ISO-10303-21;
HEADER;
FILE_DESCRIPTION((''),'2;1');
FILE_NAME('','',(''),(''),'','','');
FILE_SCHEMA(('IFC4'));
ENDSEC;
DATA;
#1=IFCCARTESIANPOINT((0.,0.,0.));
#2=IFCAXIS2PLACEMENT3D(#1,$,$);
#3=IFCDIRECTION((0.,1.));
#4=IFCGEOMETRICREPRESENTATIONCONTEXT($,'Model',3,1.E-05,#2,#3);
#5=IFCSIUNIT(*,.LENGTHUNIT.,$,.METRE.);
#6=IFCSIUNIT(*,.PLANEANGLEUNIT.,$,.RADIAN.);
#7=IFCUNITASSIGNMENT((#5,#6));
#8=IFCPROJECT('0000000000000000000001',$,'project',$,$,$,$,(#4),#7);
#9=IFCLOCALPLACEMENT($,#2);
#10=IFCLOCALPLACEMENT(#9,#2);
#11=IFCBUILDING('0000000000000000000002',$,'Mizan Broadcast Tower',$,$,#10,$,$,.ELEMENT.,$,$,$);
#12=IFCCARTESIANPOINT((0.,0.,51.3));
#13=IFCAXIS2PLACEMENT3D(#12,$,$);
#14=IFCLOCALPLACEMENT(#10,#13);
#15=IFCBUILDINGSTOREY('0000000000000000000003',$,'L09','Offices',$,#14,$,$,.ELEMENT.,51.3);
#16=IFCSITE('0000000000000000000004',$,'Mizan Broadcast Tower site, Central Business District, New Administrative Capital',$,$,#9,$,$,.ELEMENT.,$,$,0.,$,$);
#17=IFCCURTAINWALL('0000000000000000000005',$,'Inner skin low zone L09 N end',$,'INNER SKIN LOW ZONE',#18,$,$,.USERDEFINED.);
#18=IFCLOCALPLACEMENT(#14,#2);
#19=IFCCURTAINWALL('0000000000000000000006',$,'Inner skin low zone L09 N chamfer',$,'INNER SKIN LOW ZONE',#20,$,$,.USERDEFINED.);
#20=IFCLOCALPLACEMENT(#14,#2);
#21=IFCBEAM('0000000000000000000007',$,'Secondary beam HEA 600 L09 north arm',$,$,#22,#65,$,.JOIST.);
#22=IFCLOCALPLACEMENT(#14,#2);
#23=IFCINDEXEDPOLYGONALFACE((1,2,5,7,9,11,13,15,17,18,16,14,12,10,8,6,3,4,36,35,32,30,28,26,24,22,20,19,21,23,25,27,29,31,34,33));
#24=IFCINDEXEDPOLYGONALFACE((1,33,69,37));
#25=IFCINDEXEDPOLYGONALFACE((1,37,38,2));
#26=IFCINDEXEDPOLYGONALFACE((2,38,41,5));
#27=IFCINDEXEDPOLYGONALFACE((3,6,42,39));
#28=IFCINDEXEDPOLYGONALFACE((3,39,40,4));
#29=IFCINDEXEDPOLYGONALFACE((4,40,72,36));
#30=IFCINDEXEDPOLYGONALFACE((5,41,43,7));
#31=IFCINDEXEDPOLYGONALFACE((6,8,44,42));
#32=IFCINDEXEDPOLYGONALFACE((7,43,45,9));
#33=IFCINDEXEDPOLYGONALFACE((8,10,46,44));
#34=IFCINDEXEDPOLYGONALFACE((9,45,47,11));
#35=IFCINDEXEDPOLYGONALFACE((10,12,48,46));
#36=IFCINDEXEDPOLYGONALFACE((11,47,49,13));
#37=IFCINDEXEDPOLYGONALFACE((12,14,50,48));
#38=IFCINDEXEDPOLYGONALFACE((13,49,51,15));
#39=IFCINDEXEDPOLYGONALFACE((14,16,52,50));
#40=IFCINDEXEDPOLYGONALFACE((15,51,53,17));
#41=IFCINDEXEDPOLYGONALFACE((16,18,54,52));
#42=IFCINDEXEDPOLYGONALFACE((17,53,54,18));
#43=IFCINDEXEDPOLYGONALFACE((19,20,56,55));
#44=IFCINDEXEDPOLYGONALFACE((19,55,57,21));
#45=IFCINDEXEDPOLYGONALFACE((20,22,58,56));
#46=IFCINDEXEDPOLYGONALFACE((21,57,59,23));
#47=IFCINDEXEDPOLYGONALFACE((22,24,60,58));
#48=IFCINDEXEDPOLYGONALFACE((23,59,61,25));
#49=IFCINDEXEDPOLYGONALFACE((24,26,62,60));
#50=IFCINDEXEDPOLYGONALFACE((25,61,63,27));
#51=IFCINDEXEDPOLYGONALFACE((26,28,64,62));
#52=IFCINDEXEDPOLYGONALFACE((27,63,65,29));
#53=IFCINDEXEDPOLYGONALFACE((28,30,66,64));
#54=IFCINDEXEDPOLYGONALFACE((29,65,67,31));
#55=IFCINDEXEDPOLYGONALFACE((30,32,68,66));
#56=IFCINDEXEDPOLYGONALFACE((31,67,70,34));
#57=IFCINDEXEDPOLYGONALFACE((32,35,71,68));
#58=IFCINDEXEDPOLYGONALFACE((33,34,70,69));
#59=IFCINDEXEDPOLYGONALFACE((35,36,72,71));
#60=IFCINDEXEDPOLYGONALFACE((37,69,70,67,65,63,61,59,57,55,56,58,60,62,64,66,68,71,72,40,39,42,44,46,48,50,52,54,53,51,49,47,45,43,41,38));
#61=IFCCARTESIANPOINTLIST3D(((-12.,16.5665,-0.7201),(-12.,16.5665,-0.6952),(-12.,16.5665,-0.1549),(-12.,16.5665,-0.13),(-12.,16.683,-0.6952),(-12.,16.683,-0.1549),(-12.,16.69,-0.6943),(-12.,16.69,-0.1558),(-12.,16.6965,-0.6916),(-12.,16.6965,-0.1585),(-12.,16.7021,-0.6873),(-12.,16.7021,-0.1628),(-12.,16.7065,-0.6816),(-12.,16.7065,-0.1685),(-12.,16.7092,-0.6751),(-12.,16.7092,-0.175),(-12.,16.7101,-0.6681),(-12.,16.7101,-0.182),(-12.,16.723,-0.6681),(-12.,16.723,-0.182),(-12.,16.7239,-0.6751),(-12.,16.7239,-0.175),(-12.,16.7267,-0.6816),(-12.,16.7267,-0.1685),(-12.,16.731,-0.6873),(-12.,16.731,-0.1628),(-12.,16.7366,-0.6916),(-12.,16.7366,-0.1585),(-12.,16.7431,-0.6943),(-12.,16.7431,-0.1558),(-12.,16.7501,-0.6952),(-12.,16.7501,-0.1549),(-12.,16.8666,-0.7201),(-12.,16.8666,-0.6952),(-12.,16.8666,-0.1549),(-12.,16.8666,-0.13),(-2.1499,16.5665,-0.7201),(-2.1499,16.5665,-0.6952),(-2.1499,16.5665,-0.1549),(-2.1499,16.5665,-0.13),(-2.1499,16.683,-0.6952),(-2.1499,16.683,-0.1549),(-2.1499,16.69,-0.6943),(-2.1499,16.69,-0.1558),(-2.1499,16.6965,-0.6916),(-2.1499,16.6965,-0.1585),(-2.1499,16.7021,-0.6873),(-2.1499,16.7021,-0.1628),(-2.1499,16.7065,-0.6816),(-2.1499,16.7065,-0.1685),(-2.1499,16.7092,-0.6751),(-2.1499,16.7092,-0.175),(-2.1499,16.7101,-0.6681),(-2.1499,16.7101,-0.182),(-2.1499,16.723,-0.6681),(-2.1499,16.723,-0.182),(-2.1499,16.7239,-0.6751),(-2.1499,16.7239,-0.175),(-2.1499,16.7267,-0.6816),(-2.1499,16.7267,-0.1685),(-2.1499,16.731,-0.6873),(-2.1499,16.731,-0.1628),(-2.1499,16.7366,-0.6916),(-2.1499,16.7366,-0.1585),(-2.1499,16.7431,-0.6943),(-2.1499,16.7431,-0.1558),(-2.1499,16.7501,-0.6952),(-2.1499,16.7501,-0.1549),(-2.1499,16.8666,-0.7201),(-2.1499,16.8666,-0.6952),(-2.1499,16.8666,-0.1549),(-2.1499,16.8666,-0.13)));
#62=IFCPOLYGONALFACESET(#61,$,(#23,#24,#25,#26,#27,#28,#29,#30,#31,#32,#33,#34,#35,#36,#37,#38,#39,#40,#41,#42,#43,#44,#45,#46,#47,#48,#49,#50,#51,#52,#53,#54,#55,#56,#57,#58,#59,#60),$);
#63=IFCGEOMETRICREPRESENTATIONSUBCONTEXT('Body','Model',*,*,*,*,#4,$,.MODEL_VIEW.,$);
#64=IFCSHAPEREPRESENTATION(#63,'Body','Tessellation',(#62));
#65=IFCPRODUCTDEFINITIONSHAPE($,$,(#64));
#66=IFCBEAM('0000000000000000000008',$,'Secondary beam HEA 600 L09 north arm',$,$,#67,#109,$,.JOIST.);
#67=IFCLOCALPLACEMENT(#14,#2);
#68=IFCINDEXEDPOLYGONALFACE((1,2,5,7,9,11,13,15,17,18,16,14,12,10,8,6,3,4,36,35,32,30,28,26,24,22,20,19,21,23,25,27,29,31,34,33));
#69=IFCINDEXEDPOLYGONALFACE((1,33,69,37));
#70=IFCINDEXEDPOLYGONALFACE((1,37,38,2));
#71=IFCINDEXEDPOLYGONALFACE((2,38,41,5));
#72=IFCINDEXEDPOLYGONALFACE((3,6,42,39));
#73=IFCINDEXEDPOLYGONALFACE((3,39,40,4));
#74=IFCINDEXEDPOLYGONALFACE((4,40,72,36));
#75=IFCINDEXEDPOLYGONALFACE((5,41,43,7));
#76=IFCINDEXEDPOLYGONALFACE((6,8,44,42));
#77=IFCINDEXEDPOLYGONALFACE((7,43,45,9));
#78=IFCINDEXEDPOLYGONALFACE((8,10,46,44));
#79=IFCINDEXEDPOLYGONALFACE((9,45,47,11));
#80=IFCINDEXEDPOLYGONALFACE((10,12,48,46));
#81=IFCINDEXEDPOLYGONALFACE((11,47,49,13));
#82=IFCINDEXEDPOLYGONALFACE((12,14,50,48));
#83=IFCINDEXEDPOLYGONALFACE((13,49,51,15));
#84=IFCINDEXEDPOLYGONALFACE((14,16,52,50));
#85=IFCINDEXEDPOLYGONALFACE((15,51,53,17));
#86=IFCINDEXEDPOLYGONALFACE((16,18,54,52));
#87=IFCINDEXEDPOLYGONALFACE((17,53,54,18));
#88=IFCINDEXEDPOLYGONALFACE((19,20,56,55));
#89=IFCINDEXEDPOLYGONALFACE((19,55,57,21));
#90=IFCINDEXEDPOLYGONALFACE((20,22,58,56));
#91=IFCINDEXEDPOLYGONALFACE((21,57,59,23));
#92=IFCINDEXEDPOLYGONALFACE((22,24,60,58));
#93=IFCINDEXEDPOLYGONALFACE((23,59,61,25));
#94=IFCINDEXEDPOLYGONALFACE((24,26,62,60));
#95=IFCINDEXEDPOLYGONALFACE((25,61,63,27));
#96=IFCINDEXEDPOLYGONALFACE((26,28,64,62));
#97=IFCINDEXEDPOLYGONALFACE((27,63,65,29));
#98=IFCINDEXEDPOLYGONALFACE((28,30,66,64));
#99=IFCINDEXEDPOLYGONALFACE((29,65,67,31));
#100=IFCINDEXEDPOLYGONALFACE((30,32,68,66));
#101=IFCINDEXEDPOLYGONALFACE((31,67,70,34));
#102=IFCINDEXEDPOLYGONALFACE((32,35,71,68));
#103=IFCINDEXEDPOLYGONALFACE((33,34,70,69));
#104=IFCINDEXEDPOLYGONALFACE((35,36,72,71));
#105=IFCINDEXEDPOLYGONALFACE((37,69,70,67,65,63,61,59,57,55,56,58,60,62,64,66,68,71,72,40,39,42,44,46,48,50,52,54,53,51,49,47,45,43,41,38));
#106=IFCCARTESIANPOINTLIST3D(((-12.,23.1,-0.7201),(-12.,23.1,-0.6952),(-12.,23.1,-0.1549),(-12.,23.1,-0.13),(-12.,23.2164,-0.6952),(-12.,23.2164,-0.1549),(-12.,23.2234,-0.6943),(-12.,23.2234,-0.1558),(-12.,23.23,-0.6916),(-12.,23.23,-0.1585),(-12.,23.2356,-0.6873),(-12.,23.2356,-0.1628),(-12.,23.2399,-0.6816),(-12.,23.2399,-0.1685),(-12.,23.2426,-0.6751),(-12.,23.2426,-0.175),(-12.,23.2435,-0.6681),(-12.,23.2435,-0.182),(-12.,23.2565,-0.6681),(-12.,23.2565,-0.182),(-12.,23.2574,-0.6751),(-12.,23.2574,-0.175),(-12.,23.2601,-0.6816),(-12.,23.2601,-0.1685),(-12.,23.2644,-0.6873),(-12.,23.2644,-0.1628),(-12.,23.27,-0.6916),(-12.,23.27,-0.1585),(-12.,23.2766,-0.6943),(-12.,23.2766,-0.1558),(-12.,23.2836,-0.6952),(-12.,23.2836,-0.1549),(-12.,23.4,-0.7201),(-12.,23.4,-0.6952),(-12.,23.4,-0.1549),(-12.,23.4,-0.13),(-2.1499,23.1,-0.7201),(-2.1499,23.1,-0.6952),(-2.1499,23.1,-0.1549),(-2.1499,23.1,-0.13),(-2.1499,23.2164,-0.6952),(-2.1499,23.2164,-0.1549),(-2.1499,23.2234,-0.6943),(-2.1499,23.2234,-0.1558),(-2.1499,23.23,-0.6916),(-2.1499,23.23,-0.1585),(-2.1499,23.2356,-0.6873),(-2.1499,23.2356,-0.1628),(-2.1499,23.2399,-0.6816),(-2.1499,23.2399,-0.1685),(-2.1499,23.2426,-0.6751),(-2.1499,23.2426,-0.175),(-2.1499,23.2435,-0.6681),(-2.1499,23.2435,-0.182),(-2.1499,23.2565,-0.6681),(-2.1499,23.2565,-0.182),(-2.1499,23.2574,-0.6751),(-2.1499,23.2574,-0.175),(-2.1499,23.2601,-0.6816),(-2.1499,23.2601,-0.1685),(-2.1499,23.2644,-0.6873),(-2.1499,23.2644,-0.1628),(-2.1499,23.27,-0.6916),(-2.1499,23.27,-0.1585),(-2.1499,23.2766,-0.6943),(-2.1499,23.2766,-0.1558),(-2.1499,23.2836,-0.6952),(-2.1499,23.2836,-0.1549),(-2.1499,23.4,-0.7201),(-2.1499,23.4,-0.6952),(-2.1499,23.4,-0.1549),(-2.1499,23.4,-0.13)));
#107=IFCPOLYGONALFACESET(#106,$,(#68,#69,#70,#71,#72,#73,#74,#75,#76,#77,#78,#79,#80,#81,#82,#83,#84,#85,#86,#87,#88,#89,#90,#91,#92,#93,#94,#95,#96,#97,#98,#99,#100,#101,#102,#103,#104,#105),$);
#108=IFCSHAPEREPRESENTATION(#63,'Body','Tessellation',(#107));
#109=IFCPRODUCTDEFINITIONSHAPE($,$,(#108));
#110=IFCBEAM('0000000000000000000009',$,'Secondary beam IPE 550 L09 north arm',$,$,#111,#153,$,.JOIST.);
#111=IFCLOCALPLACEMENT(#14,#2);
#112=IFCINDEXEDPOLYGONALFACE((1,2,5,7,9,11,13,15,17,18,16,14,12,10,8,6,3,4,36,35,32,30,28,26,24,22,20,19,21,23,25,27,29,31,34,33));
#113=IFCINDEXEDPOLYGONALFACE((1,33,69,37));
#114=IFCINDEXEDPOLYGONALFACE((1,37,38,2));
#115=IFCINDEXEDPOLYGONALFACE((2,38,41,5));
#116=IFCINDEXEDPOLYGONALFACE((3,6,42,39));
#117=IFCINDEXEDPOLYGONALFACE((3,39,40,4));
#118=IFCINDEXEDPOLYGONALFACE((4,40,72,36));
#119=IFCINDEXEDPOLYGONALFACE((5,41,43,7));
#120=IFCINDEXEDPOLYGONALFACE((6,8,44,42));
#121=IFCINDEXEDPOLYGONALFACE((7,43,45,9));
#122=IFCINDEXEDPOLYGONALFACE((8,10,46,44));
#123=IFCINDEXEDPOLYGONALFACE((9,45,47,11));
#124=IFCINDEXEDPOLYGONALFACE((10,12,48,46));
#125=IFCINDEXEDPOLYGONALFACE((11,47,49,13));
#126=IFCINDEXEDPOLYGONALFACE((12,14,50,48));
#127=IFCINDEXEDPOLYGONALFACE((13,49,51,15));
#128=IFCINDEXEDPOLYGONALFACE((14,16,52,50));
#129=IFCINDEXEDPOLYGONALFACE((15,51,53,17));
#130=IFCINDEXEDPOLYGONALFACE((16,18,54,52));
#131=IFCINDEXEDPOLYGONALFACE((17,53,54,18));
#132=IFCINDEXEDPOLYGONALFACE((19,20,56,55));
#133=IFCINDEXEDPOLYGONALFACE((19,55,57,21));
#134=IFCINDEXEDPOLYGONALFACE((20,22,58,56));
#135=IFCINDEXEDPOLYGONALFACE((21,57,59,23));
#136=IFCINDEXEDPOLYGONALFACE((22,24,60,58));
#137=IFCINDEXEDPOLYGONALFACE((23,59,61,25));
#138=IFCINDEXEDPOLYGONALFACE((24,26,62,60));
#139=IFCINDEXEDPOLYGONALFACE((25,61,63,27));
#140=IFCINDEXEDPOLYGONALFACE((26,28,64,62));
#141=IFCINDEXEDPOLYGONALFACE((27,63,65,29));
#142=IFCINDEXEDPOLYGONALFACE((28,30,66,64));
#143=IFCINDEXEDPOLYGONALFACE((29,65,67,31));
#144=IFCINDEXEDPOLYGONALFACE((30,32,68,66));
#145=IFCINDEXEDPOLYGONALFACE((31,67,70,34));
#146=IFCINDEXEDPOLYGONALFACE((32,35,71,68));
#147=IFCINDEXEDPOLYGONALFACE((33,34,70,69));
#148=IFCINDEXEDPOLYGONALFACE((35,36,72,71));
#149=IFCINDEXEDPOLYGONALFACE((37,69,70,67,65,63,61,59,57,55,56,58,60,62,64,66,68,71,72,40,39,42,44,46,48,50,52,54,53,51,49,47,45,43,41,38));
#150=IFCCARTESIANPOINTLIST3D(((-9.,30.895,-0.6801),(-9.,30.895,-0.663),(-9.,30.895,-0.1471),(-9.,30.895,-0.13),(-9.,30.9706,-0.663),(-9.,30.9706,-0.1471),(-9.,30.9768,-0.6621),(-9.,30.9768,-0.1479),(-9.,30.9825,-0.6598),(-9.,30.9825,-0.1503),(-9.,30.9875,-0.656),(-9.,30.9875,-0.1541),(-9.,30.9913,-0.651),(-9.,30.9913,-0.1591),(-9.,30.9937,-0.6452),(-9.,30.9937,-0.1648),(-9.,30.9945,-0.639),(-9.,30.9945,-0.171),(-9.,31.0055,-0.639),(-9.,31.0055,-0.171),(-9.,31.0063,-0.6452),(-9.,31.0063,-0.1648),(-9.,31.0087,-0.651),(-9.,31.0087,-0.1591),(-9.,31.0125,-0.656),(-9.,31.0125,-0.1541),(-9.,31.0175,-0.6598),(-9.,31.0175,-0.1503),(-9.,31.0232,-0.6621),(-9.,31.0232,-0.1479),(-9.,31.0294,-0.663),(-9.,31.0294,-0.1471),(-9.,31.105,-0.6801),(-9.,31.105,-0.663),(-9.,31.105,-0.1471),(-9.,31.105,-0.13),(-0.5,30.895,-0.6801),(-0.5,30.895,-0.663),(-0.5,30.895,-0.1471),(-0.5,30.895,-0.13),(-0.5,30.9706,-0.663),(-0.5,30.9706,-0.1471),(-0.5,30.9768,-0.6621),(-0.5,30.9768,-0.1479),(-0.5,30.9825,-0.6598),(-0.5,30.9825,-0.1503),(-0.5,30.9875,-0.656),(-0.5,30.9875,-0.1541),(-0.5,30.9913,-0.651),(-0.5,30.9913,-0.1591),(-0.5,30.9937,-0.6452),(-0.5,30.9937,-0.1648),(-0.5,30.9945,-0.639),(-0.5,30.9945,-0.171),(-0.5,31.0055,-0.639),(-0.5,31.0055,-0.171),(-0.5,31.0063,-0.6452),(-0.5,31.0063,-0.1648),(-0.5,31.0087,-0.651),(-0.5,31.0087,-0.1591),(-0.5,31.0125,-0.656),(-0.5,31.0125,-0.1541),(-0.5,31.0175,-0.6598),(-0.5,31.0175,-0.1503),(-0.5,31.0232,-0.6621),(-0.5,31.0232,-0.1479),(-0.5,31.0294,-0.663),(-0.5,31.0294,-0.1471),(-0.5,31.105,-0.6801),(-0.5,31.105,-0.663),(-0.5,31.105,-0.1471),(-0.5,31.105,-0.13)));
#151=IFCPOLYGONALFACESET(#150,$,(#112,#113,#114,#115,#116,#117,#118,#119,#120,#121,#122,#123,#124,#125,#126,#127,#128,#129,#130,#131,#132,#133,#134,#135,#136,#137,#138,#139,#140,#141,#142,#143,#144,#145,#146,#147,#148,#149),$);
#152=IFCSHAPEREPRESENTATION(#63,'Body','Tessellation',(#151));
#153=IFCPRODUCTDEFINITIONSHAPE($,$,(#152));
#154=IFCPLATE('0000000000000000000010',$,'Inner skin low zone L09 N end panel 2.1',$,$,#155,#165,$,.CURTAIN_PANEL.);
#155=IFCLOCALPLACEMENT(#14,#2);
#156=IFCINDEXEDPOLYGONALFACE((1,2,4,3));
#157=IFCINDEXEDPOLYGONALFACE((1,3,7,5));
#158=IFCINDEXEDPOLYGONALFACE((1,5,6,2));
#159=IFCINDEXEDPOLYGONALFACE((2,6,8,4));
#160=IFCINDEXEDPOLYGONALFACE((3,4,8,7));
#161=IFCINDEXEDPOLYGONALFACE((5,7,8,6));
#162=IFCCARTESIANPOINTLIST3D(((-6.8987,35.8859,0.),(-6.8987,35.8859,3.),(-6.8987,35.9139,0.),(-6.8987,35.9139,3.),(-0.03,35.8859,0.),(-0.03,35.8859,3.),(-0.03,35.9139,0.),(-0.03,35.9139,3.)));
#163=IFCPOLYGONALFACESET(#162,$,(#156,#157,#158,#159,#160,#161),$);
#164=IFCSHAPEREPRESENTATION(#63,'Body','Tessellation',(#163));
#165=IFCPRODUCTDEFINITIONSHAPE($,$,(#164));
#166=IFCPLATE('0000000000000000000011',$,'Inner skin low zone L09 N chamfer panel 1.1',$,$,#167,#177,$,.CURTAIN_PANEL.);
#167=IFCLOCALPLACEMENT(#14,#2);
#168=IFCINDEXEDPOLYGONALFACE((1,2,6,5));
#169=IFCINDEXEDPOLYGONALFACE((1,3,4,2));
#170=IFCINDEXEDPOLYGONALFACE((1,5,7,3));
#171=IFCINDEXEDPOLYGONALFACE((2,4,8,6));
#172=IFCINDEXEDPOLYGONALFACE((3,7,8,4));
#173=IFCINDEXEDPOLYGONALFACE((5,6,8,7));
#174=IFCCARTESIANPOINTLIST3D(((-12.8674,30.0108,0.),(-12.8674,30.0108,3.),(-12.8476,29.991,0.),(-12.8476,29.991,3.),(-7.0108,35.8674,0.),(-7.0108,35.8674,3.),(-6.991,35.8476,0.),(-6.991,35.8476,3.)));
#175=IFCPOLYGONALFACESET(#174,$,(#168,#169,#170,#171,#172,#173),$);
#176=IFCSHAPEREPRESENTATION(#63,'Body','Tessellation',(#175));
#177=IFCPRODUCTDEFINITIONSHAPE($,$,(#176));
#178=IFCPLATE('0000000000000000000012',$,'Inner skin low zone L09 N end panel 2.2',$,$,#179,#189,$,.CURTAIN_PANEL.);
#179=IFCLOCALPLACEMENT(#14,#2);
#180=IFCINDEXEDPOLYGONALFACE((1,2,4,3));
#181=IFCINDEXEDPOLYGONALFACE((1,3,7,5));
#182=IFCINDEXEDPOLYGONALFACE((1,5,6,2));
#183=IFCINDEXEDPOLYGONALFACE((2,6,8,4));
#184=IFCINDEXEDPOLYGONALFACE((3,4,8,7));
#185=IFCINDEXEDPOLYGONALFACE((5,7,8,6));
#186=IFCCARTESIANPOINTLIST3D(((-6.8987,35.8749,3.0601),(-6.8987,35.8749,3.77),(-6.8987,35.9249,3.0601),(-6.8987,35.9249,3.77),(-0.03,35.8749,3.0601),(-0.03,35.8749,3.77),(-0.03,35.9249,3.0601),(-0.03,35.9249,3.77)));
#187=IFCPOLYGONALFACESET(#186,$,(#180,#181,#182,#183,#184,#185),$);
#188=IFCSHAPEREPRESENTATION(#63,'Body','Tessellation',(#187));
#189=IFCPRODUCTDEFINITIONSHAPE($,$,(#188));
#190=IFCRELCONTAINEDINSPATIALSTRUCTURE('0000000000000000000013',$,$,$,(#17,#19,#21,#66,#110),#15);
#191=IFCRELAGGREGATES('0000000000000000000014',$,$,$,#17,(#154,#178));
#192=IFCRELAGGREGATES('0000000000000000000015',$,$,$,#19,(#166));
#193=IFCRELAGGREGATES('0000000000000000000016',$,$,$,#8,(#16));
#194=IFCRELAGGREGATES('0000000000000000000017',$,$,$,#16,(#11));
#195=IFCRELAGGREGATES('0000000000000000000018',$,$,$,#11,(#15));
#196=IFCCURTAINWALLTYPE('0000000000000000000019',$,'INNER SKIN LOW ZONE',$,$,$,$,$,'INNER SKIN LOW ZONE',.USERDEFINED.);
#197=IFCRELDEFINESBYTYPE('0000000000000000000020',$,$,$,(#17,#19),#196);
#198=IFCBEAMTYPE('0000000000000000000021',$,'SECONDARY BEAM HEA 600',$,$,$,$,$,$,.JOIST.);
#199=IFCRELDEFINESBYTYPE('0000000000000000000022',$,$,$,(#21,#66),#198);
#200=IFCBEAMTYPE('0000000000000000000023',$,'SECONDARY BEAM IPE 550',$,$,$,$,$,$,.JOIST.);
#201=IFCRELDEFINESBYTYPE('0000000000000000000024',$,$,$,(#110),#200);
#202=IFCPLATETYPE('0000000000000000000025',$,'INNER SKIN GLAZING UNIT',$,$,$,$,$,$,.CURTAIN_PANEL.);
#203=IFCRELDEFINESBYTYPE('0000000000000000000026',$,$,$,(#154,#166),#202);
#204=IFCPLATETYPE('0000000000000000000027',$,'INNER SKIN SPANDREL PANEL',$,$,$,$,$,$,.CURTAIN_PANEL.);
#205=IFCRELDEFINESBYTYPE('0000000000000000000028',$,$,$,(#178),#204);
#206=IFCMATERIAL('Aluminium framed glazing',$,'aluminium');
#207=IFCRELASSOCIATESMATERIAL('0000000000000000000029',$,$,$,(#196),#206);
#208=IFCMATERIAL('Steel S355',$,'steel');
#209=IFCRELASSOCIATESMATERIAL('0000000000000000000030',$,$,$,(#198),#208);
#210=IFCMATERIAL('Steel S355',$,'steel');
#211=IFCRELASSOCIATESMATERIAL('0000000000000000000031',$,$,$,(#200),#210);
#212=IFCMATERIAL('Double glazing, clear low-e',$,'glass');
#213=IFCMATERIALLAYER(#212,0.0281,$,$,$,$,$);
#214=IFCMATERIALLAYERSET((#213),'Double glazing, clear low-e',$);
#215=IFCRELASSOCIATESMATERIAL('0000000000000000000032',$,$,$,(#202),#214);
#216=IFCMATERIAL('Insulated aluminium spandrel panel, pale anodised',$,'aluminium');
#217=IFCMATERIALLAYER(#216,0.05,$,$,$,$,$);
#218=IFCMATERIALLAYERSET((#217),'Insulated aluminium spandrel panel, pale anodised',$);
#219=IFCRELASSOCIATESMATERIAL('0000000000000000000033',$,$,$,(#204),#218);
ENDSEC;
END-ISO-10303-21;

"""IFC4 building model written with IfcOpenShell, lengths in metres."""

from ifc_helpers import new_model, si_unit, direction, frame, origin, origin_2d, place, context, subcontext, project, spatial, rectangle, i_section, extrude, material, layer, layer_set, material_profile, profile_set, type_object, element, aggregate, save


model = new_model("IFC4")

# Units and contexts
model_context = context("Model", 3, precision=1e-05, world=origin(), true_north=direction((0.0, 1.0)))
body_context = subcontext(model_context, "Body", "Model", "MODEL_VIEW")
ifc_project = project(units=[si_unit("LENGTHUNIT", "METRE"), si_unit("PLANEANGLEUNIT", "RADIAN")], contexts=[model_context])

# Site, building, storey
site_placement = place(None, origin())
site = spatial("IfcSite", under=ifc_project, at=site_placement, Name="Mizan Broadcast Tower site, Central Business District, New Administrative Capital", CompositionType="ELEMENT", RefElevation=0.0)
building_placement = place(site_placement, origin())
building = spatial("IfcBuilding", under=site, at=building_placement, Name="Mizan Broadcast Tower", CompositionType="ELEMENT")
storey_placement = place(building_placement, frame((0.0, 0.0, 51.3)))
storey = spatial("IfcBuildingStorey", under=building, at=storey_placement, Name="L09", Description="Offices", CompositionType="ELEMENT", Elevation=51.3)

# Curtain wall
ifc_material_1 = material(Name="Aluminium framed glazing", Category="aluminium")
curtain_wall_type_1 = type_object("IfcCurtainWallType", Name="INNER SKIN LOW ZONE", ElementType="INNER SKIN LOW ZONE", PredefinedType="USERDEFINED", material=ifc_material_1)
curtain_wall_1_placement = place(storey_placement, origin())
curtain_wall_1 = element("IfcCurtainWall", 1, at=curtain_wall_1_placement, inside=storey, type_object=curtain_wall_type_1, Name="Inner skin low zone L09 N end", ObjectType="INNER SKIN LOW ZONE", PredefinedType="USERDEFINED")

# Curtain wall
curtain_wall_2_placement = place(storey_placement, origin())
curtain_wall_2 = element("IfcCurtainWall", 2, at=curtain_wall_2_placement, inside=storey, type_object=curtain_wall_type_1, Name="Inner skin low zone L09 N chamfer", ObjectType="INNER SKIN LOW ZONE", PredefinedType="USERDEFINED")

# Beams
ifc_material_2 = material(Name="Steel S355", Category="steel")
ifc_material_profile_1 = material_profile(ifc_material_2, i_section(OverallWidth=0.3, OverallDepth=0.5901, WebThickness=0.0129, FlangeThickness=0.0249, FilletRadius=0.0271, at=origin_2d()), Name="HEA 600")
ifc_profile_set_1 = profile_set([ifc_material_profile_1], Name="Steel S355")
beam_type_1 = type_object("IfcBeamType", Name="SECONDARY BEAM HEA 600", PredefinedType="JOIST", material=ifc_profile_set_1)
for number, where, z_axis, x_axis, name in (
    (3, (-12.0, 16.7166, -0.425), (1.0, 0.0, 0.0), (0.0, 1.0, 0.0), "Secondary beam HEA 600 L09 north arm"),
    (4, (-12.0, 23.25, -0.425), (1.0, 0.0, 0.0), (0.0, 1.0, 0.0), "Secondary beam HEA 600 L09 north arm"),
):
    element("IfcBeam", number, at=place(storey_placement, frame(where, z_axis=z_axis, x_axis=x_axis)), inside=storey, type_object=beam_type_1, Name=name, PredefinedType="JOIST", context=body_context, shape_type="SweptSolid", body=[
        extrude(i_section(OverallWidth=0.3, OverallDepth=0.5901, WebThickness=0.0129, FlangeThickness=0.0249, FilletRadius=0.0271, at=origin_2d()), origin(), (0.0, 0.0, 1.0), 9.8501),
    ])
ifc_material_3 = material(Name="Steel S355", Category="steel")
ifc_material_profile_2 = material_profile(ifc_material_3, i_section(OverallWidth=0.21, OverallDepth=0.55, WebThickness=0.011, FlangeThickness=0.0171, FilletRadius=0.0239, at=origin_2d()), Name="IPE 550")
ifc_profile_set_2 = profile_set([ifc_material_profile_2], Name="Steel S355")
beam_type_2 = type_object("IfcBeamType", Name="SECONDARY BEAM IPE 550", PredefinedType="JOIST", material=ifc_profile_set_2)
beam_1_placement = place(storey_placement, frame((-9.0, 31.0, -0.405), z_axis=(1.0, 0.0, 0.0), x_axis=(0.0, 1.0, 0.0)))
element("IfcBeam", 5, at=beam_1_placement, inside=storey, type_object=beam_type_2, Name="Secondary beam IPE 550 L09 north arm", PredefinedType="JOIST", context=body_context, shape_type="SweptSolid", body=[
    extrude(i_section(OverallWidth=0.21, OverallDepth=0.55, WebThickness=0.011, FlangeThickness=0.0171, FilletRadius=0.0239, at=origin_2d()), origin(), (0.0, 0.0, 1.0), 8.5),
])

# Plates
ifc_material_4 = material(Name="Double glazing, clear low-e", Category="glass")
ifc_layer_1 = layer(ifc_material_4, 0.0281)
ifc_layer_set_1 = layer_set([ifc_layer_1], Name="Double glazing, clear low-e")
plate_type_1 = type_object("IfcPlateType", Name="INNER SKIN GLAZING UNIT", PredefinedType="CURTAIN_PANEL", material=ifc_layer_set_1)
plate_1_placement = place(storey_placement, frame((-3.4644, 35.8999, 0.0), z_axis=(0.0, 0.0, 1.0), x_axis=(-1.0, 0.0, 0.0)))
plate_1 = element("IfcPlate", 6, at=plate_1_placement, type_object=plate_type_1, Name="Inner skin low zone L09 N end panel 2.1", PredefinedType="CURTAIN_PANEL", context=body_context, shape_type="SweptSolid", body=[
    extrude(rectangle(XDim=6.8687, YDim=0.0281, at=origin_2d()), origin(), (0.0, 0.0, 1.0), 3.0),
])
plate_2_placement = place(storey_placement, frame((-9.9292, 32.9292, 0.0), z_axis=(0.0, 0.0, 1.0), x_axis=(-0.707107, -0.707107, 0.0)))
plate_2 = element("IfcPlate", 7, at=plate_2_placement, type_object=plate_type_1, Name="Inner skin low zone L09 N chamfer panel 1.1", PredefinedType="CURTAIN_PANEL", context=body_context, shape_type="SweptSolid", body=[
    extrude(rectangle(XDim=8.2825, YDim=0.0281, at=origin_2d()), origin(), (0.0, 0.0, 1.0), 3.0),
])
ifc_material_5 = material(Name="Insulated aluminium spandrel panel, pale anodised", Category="aluminium")
ifc_layer_2 = layer(ifc_material_5, 0.05)
ifc_layer_set_2 = layer_set([ifc_layer_2], Name="Insulated aluminium spandrel panel, pale anodised")
plate_type_2 = type_object("IfcPlateType", Name="INNER SKIN SPANDREL PANEL", PredefinedType="CURTAIN_PANEL", material=ifc_layer_set_2)
plate_3_placement = place(storey_placement, frame((-3.4644, 35.8999, 3.0601), z_axis=(0.0, 0.0, 1.0), x_axis=(-1.0, 0.0, 0.0)))
plate_3 = element("IfcPlate", 8, at=plate_3_placement, type_object=plate_type_2, Name="Inner skin low zone L09 N end panel 2.2", PredefinedType="CURTAIN_PANEL", context=body_context, shape_type="SweptSolid", body=[
    extrude(rectangle(XDim=6.8687, YDim=0.05, at=origin_2d()), origin(), (0.0, 0.0, 1.0), 0.71),
])
aggregate(curtain_wall_1, [plate_1, plate_3])
aggregate(curtain_wall_2, [plate_2])

save(model, "model.ifc")
